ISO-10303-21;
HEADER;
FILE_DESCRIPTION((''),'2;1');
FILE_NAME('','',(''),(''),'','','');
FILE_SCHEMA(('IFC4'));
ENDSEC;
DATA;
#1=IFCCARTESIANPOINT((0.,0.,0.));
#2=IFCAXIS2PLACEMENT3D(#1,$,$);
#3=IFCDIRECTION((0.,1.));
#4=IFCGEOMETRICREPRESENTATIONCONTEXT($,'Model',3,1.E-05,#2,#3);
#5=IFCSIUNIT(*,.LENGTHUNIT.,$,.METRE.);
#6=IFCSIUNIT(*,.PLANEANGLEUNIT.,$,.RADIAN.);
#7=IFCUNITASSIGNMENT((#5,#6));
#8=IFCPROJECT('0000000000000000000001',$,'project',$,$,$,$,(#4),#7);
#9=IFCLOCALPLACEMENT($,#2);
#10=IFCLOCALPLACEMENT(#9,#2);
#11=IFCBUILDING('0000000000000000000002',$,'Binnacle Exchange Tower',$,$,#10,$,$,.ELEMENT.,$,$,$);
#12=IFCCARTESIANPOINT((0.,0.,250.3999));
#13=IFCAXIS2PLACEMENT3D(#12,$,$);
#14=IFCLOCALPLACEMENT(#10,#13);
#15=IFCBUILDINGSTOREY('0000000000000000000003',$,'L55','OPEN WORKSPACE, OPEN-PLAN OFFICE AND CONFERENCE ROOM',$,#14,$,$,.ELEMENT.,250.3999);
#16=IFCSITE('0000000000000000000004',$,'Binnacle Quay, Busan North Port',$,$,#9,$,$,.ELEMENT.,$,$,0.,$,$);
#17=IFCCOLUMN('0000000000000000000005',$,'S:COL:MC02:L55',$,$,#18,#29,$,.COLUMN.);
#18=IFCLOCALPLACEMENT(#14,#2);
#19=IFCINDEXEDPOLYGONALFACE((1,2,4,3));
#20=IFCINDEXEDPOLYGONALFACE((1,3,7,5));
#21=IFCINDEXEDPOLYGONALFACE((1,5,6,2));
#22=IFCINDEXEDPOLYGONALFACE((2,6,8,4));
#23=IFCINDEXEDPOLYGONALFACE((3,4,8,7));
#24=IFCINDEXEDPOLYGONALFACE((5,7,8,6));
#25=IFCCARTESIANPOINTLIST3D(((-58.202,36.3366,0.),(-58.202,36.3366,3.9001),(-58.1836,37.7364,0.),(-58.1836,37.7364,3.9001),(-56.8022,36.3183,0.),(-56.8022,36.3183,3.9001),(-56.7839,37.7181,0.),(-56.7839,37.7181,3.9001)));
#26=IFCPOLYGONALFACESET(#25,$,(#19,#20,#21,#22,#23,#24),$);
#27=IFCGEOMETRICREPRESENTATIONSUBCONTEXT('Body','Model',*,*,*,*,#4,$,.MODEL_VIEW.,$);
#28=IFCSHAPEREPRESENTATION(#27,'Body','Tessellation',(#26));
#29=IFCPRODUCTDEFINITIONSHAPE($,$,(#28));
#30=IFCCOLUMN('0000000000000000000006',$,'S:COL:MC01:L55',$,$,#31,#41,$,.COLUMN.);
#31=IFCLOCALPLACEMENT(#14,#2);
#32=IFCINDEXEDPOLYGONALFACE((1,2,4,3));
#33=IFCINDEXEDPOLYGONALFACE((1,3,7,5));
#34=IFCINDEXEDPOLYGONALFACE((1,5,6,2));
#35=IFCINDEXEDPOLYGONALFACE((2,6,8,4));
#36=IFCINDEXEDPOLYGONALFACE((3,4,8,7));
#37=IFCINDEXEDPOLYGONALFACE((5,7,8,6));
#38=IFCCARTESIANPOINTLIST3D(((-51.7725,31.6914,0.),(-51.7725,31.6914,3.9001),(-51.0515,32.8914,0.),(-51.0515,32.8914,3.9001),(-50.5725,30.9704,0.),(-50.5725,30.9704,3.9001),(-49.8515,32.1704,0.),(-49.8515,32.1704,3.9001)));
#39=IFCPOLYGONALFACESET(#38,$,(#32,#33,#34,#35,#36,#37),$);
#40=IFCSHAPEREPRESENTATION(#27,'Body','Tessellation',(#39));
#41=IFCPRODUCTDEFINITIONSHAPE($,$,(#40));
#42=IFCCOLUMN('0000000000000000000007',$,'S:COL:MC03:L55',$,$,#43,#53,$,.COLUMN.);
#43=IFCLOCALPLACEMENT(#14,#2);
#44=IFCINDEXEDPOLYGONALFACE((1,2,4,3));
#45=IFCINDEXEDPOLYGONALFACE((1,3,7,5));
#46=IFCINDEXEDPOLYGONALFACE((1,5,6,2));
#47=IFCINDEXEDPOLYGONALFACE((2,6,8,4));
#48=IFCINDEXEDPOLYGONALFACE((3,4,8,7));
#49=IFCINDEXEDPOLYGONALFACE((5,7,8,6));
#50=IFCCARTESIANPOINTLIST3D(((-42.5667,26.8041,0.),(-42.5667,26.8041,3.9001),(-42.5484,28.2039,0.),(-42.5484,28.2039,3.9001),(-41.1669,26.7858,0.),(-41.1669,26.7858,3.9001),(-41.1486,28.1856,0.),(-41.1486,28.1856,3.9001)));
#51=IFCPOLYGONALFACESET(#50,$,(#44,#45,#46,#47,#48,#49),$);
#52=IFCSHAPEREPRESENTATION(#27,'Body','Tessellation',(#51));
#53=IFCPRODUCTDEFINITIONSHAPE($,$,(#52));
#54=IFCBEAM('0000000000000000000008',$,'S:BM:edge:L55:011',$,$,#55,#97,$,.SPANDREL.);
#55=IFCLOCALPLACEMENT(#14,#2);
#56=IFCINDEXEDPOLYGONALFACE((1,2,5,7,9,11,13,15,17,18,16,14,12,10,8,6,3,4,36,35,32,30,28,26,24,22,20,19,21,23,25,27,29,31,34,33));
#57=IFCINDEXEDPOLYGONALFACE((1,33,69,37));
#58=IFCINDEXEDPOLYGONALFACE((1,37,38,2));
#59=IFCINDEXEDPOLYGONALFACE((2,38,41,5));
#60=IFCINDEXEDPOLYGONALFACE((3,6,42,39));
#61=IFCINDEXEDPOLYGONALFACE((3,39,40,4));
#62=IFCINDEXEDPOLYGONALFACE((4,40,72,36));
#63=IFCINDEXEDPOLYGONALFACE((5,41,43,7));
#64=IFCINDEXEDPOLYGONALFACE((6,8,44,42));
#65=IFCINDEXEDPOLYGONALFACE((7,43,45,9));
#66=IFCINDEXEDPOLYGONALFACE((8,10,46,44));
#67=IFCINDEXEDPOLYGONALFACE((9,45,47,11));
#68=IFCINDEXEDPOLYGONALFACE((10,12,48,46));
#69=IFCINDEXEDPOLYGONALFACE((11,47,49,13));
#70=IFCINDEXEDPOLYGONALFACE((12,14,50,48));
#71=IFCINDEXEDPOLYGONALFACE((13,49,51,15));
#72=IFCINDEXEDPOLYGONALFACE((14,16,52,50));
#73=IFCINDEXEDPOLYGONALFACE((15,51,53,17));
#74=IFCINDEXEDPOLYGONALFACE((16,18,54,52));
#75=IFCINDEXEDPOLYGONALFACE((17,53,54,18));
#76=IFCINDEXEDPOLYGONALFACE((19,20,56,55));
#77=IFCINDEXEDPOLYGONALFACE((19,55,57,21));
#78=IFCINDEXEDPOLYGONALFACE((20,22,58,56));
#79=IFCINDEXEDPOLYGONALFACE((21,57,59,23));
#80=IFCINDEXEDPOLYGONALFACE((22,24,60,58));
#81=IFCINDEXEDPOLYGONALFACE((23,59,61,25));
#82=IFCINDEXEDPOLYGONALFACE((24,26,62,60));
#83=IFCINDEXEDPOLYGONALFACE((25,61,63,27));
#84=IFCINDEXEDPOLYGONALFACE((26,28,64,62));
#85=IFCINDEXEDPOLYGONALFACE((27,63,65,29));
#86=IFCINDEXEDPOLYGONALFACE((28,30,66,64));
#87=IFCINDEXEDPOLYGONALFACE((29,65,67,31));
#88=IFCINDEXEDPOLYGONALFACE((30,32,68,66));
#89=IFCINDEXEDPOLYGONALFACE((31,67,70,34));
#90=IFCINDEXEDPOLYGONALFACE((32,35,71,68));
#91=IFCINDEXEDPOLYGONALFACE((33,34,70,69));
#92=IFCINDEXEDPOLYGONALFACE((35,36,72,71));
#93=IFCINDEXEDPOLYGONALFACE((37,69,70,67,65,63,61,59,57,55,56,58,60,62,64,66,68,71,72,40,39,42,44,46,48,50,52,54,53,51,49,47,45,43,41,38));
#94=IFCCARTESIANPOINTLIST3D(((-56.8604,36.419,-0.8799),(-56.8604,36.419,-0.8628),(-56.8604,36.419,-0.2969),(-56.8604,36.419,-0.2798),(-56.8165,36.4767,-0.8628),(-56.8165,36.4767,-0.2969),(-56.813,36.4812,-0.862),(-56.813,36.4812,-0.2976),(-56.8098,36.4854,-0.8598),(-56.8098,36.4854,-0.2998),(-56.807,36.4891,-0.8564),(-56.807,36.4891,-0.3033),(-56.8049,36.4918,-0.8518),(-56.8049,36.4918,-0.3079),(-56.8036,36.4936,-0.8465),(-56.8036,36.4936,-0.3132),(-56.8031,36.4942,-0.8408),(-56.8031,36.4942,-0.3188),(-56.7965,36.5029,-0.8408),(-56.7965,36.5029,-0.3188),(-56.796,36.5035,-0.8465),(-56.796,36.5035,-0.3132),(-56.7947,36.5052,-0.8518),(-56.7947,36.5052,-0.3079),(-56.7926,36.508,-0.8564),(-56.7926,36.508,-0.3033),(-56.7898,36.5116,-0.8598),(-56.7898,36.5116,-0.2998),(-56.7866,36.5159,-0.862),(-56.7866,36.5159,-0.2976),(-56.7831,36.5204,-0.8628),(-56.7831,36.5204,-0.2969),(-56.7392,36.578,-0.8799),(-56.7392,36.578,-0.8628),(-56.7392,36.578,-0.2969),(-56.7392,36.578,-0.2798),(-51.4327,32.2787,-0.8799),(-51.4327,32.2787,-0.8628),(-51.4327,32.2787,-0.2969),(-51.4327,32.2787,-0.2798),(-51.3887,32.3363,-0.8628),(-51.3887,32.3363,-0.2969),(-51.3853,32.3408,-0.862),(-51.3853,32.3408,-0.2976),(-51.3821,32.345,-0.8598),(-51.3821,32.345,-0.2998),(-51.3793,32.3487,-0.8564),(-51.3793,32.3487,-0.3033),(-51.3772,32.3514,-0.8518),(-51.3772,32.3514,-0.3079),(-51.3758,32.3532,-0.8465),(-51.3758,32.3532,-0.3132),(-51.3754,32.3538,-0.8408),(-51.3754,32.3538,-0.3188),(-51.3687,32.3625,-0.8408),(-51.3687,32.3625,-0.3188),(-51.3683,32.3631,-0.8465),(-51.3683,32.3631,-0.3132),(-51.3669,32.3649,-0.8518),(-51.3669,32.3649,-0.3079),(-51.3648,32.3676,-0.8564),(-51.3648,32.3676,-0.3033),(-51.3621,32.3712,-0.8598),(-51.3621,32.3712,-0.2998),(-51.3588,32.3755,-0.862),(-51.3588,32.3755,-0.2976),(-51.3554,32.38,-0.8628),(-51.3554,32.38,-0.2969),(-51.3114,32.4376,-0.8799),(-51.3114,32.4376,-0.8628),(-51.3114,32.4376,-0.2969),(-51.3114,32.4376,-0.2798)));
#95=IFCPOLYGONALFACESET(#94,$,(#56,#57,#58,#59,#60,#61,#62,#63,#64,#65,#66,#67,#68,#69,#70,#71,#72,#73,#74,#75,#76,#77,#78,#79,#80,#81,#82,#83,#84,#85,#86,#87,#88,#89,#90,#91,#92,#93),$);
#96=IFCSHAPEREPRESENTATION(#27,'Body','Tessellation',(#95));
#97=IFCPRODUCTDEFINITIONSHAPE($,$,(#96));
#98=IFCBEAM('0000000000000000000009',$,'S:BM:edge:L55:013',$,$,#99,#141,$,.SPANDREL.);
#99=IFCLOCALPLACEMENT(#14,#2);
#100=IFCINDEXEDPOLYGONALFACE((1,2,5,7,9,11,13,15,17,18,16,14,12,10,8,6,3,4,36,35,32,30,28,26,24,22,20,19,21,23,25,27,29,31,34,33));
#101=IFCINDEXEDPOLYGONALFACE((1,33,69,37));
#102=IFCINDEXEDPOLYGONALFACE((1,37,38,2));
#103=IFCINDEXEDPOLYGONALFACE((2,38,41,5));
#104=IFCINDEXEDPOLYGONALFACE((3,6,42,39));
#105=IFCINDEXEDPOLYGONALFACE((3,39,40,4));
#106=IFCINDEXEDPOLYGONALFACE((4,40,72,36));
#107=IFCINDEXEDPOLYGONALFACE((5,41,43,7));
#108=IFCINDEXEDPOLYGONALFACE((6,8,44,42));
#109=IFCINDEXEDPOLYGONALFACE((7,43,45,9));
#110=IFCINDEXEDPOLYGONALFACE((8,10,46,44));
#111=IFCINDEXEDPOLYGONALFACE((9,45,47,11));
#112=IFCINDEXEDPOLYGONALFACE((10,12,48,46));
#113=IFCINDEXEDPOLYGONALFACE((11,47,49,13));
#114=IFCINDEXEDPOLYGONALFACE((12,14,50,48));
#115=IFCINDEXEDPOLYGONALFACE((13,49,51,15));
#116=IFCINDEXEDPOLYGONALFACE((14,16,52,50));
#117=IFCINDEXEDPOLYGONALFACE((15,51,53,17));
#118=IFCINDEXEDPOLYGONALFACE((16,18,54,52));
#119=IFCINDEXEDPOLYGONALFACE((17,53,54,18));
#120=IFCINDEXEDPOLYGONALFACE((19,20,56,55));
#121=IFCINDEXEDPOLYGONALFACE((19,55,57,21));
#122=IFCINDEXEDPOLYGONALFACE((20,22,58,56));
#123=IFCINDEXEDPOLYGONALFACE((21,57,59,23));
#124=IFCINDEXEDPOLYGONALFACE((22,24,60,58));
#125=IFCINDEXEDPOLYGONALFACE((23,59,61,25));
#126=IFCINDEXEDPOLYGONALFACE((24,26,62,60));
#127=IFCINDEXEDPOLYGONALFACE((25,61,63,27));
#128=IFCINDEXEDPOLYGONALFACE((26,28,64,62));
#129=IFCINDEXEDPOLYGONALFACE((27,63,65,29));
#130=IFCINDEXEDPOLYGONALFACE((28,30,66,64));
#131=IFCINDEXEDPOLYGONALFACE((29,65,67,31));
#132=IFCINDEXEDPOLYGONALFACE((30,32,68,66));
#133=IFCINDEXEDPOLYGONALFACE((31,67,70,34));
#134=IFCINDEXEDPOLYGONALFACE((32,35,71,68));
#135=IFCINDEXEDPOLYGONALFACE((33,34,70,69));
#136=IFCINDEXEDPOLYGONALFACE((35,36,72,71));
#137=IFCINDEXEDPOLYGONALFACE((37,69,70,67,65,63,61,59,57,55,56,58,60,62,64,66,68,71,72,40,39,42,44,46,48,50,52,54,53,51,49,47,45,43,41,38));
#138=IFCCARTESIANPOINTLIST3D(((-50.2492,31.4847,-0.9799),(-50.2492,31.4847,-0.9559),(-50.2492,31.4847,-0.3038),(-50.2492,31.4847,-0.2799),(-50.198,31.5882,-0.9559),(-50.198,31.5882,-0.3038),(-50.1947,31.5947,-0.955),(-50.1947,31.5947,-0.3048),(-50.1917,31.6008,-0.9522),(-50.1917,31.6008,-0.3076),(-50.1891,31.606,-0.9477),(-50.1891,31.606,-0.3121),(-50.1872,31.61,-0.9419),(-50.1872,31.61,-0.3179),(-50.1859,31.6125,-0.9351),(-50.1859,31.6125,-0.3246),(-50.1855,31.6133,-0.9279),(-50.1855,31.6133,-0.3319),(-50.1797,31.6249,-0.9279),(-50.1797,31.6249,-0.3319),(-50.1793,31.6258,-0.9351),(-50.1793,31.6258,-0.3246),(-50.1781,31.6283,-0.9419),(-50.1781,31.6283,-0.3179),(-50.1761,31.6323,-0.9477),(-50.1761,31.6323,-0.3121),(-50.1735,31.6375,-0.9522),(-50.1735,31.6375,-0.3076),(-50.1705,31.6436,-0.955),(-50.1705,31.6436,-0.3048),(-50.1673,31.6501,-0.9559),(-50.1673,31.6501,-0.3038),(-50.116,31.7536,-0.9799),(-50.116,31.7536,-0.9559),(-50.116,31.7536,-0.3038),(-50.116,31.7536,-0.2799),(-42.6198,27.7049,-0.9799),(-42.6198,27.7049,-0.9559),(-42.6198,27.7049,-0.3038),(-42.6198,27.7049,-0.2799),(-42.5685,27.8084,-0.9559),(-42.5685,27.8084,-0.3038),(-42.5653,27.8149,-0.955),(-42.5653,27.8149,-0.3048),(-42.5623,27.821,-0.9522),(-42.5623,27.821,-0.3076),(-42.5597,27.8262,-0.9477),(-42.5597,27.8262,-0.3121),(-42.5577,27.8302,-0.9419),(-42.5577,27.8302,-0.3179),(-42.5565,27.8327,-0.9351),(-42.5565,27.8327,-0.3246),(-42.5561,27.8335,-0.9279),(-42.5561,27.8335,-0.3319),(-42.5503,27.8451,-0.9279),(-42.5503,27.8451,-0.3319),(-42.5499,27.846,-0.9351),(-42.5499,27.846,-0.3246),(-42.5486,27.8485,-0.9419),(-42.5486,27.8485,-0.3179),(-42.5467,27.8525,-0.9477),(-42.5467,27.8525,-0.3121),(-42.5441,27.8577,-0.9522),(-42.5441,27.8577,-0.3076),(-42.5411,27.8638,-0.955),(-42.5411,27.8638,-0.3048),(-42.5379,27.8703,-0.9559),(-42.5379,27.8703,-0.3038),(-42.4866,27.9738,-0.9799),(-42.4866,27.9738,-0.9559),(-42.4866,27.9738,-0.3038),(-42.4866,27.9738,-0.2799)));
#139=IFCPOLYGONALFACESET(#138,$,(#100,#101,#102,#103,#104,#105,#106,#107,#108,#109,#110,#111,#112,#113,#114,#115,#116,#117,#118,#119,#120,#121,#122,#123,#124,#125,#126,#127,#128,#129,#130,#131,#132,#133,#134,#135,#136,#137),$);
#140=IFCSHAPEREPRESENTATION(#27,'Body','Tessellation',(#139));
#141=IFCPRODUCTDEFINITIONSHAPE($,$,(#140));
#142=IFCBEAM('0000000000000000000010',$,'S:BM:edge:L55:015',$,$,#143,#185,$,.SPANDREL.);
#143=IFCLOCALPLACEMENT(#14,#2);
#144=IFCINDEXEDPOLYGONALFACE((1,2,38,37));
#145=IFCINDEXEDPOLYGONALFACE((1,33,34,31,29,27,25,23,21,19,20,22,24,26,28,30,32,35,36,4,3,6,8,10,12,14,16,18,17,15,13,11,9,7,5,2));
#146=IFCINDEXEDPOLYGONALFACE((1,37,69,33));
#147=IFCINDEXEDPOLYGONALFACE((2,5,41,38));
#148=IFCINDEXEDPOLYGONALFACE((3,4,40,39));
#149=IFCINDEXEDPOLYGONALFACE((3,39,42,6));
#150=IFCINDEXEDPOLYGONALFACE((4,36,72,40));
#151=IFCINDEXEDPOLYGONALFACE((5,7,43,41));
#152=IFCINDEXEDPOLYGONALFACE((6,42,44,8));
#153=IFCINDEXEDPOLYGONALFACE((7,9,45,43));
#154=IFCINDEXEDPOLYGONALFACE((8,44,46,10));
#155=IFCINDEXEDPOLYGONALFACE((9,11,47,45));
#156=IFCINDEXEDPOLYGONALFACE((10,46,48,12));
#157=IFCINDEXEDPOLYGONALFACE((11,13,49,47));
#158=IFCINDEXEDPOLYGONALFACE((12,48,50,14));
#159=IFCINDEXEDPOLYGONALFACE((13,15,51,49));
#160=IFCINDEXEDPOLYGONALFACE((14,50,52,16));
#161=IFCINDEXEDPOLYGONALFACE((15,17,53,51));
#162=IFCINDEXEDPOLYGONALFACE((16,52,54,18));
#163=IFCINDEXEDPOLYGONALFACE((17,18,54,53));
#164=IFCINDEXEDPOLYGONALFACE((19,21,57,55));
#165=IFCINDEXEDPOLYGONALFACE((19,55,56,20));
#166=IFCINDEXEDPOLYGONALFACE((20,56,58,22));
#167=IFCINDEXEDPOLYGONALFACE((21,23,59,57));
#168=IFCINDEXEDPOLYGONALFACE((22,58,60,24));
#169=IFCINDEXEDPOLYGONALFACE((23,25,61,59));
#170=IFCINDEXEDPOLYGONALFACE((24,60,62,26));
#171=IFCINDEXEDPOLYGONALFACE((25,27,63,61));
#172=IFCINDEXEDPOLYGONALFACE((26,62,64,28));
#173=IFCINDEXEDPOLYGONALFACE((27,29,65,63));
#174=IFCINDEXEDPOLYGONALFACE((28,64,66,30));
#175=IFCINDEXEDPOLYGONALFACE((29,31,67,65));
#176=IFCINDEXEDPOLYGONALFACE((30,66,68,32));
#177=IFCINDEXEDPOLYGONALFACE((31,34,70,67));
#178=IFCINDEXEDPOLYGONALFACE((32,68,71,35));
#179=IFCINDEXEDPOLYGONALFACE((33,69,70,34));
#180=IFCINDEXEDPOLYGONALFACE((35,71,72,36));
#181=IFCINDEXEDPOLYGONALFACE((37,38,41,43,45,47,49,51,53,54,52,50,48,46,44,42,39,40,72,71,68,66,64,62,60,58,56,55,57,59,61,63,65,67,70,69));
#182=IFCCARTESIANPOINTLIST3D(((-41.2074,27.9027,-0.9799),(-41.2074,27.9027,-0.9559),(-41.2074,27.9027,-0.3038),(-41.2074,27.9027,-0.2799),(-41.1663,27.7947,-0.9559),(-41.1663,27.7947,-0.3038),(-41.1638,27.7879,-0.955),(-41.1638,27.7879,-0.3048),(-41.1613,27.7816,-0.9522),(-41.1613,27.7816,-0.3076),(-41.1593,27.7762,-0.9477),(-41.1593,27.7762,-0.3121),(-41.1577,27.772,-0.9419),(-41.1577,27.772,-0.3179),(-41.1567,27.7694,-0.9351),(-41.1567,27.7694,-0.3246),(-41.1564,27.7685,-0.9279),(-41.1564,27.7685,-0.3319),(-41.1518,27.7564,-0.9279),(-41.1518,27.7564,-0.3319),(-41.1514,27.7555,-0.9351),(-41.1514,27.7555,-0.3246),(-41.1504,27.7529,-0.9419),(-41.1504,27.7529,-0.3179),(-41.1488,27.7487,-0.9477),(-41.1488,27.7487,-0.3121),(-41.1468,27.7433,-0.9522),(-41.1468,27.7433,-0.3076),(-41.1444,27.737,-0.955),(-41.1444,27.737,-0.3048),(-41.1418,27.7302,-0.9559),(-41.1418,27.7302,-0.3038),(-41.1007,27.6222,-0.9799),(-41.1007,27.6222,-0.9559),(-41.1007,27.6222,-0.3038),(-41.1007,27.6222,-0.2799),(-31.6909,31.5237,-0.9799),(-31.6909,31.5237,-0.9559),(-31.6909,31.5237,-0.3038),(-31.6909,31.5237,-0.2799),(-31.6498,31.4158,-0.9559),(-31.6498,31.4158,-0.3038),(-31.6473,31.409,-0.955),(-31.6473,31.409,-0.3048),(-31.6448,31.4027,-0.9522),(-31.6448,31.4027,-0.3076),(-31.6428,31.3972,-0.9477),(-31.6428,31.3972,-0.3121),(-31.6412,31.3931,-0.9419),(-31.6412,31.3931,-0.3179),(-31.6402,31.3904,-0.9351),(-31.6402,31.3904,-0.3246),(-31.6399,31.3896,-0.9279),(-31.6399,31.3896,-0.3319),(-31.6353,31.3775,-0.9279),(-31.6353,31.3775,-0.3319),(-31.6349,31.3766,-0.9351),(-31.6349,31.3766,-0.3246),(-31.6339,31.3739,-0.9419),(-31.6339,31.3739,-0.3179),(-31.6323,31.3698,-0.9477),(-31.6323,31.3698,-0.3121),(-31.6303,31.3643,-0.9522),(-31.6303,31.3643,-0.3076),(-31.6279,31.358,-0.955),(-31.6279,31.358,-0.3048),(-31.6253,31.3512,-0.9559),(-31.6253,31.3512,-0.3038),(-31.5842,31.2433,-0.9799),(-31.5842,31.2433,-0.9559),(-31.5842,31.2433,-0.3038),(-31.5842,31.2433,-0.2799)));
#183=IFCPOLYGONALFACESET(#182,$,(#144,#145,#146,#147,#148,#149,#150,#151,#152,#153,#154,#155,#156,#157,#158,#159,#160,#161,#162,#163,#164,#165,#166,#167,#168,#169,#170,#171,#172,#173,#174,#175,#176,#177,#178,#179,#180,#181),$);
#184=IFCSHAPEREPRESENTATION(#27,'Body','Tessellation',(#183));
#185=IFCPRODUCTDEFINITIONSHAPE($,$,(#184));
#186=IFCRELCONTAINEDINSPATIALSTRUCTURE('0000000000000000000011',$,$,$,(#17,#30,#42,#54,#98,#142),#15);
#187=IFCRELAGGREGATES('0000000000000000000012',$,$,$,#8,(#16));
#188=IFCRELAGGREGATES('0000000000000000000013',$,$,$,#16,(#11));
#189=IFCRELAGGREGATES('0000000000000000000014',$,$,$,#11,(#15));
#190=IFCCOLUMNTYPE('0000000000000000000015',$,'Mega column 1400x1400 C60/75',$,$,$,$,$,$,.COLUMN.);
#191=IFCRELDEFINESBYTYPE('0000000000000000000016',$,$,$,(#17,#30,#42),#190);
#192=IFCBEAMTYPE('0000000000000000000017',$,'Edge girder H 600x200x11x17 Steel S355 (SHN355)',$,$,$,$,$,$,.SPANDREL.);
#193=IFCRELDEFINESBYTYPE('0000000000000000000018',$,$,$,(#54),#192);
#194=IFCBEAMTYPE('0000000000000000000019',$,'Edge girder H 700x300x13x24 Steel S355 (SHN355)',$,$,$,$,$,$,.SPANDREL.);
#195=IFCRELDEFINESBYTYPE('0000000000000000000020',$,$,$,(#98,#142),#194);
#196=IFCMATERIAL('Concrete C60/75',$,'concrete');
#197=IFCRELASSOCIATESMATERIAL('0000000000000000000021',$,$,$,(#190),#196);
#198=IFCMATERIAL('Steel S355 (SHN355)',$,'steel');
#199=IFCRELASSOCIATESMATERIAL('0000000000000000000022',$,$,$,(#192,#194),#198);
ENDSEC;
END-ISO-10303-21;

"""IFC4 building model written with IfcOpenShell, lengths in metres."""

from ifc_helpers import new_model, si_unit, direction, frame, origin, origin_2d, place, context, subcontext, project, spatial, rectangle, i_section, extrude, material, material_profile, profile_set, type_object, element, save


model = new_model("IFC4")

# Units and contexts
model_context = context("Model", 3, precision=1e-05, world=origin(), true_north=direction((0.0, 1.0)))
body_context = subcontext(model_context, "Body", "Model", "MODEL_VIEW")
ifc_project = project(units=[si_unit("LENGTHUNIT", "METRE"), si_unit("PLANEANGLEUNIT", "RADIAN")], contexts=[model_context])

# Site, building, storey
site_placement = place(None, origin())
site = spatial("IfcSite", under=ifc_project, at=site_placement, Name="Binnacle Quay, Busan North Port", CompositionType="ELEMENT", RefElevation=0.0)
building_placement = place(site_placement, origin())
building = spatial("IfcBuilding", under=site, at=building_placement, Name="Binnacle Exchange Tower", CompositionType="ELEMENT")
storey_placement = place(building_placement, frame((0.0, 0.0, 250.3999)))
storey = spatial("IfcBuildingStorey", under=building, at=storey_placement, Name="L55", Description="OPEN WORKSPACE, OPEN-PLAN OFFICE AND CONFERENCE ROOM", CompositionType="ELEMENT", Elevation=250.3999)

# Columns
ifc_material_1 = material(Name="Concrete C60/75", Category="concrete")
ifc_material_profile_1 = material_profile(ifc_material_1, rectangle(XDim=1.3999, YDim=1.3999, at=origin_2d()), Name="Mega column 1400x1400 C60/75")
ifc_profile_set_1 = profile_set([ifc_material_profile_1], Name="Concrete C60/75")
column_type = type_object("IfcColumnType", Name="Mega column 1400x1400 C60/75", PredefinedType="COLUMN", material=ifc_profile_set_1)
for number, where, z_axis, x_axis, name in (
    (1, (-57.4929, 37.0273, 0.0), (0.0, 0.0, 1.0), (-0.01309, -0.999914, 0.0), "S:COL:MC02:L55"),
    (2, (-50.812, 31.9309, 0.0), (0.0, 0.0, 1.0), (0.857167, -0.515038, 0.0), "S:COL:MC01:L55"),
    (3, (-41.8577, 27.4949, 0.0), (0.0, 0.0, 1.0), (0.999914, -0.01309, 0.0), "S:COL:MC03:L55"),
):
    element("IfcColumn", number, at=place(storey_placement, frame(where, z_axis=z_axis, x_axis=x_axis)), inside=storey, type_object=column_type, Name=name, PredefinedType="COLUMN", context=body_context, shape_type="SweptSolid", body=[
        extrude(rectangle(XDim=1.3999, YDim=1.3999, at=origin_2d()), origin(), (0.0, 0.0, 1.0), 3.9001),
    ])

# Beams
ifc_material_2 = material(Name="Steel S355 (SHN355)", Category="steel")
ifc_material_profile_2 = material_profile(ifc_material_2, i_section(OverallWidth=0.2, OverallDepth=0.6001, WebThickness=0.011, FlangeThickness=0.0171, FilletRadius=0.022, at=origin_2d()), Name="H 600x200x11x17")
ifc_profile_set_2 = profile_set([ifc_material_profile_2], Name="Steel S355 (SHN355)")
beam_type_1 = type_object("IfcBeamType", Name="Edge girder H 600x200x11x17 Steel S355 (SHN355)", PredefinedType="SPANDREL", material=ifc_profile_set_2)
beam_1_placement = place(storey_placement, frame((-56.7998, 36.4985, -0.5798), z_axis=(0.795081, -0.606503, 0.0), x_axis=(0.606503, 0.795081, 0.0)))
element("IfcBeam", 4, at=beam_1_placement, inside=storey, type_object=beam_type_1, Name="S:BM:edge:L55:011", PredefinedType="SPANDREL", context=body_context, shape_type="SweptSolid", body=[
    extrude(i_section(OverallWidth=0.2, OverallDepth=0.6001, WebThickness=0.011, FlangeThickness=0.0171, FilletRadius=0.022, at=origin_2d()), origin(), (0.0, 0.0, 1.0), 6.8267),
])
ifc_material_profile_3 = material_profile(ifc_material_2, i_section(OverallWidth=0.3, OverallDepth=0.7, WebThickness=0.0129, FlangeThickness=0.0239, FilletRadius=0.0281, at=origin_2d()), Name="H 700x300x13x24")
ifc_profile_set_3 = profile_set([ifc_material_profile_3], Name="Steel S355 (SHN355)")
beam_type_2 = type_object("IfcBeamType", Name="Edge girder H 700x300x13x24 Steel S355 (SHN355)", PredefinedType="SPANDREL", material=ifc_profile_set_3)
beam_2_placement = place(storey_placement, frame((-50.1826, 31.6191, -0.6299), z_axis=(0.896061, -0.44393, 0.0), x_axis=(0.44393, 0.896061, 0.0)))
element("IfcBeam", 5, at=beam_2_placement, inside=storey, type_object=beam_type_2, Name="S:BM:edge:L55:013", PredefinedType="SPANDREL", context=body_context, shape_type="SweptSolid", body=[
    extrude(i_section(OverallWidth=0.3, OverallDepth=0.7, WebThickness=0.0129, FlangeThickness=0.0239, FilletRadius=0.0281, at=origin_2d()), origin(), (0.0, 0.0, 1.0), 8.5144),
])
beam_3_placement = place(storey_placement, frame((-41.1541, 27.7625, -0.6299), z_axis=(0.934627, 0.355628, 0.0), x_axis=(-0.355628, 0.934627, 0.0)))
element("IfcBeam", 6, at=beam_3_placement, inside=storey, type_object=beam_type_2, Name="S:BM:edge:L55:015", PredefinedType="SPANDREL", context=body_context, shape_type="SweptSolid", body=[
    extrude(i_section(OverallWidth=0.3, OverallDepth=0.7, WebThickness=0.0129, FlangeThickness=0.0239, FilletRadius=0.0281, at=origin_2d()), origin(), (0.0, 0.0, 1.0), 10.1821),
])

save(model, "model.ifc")
